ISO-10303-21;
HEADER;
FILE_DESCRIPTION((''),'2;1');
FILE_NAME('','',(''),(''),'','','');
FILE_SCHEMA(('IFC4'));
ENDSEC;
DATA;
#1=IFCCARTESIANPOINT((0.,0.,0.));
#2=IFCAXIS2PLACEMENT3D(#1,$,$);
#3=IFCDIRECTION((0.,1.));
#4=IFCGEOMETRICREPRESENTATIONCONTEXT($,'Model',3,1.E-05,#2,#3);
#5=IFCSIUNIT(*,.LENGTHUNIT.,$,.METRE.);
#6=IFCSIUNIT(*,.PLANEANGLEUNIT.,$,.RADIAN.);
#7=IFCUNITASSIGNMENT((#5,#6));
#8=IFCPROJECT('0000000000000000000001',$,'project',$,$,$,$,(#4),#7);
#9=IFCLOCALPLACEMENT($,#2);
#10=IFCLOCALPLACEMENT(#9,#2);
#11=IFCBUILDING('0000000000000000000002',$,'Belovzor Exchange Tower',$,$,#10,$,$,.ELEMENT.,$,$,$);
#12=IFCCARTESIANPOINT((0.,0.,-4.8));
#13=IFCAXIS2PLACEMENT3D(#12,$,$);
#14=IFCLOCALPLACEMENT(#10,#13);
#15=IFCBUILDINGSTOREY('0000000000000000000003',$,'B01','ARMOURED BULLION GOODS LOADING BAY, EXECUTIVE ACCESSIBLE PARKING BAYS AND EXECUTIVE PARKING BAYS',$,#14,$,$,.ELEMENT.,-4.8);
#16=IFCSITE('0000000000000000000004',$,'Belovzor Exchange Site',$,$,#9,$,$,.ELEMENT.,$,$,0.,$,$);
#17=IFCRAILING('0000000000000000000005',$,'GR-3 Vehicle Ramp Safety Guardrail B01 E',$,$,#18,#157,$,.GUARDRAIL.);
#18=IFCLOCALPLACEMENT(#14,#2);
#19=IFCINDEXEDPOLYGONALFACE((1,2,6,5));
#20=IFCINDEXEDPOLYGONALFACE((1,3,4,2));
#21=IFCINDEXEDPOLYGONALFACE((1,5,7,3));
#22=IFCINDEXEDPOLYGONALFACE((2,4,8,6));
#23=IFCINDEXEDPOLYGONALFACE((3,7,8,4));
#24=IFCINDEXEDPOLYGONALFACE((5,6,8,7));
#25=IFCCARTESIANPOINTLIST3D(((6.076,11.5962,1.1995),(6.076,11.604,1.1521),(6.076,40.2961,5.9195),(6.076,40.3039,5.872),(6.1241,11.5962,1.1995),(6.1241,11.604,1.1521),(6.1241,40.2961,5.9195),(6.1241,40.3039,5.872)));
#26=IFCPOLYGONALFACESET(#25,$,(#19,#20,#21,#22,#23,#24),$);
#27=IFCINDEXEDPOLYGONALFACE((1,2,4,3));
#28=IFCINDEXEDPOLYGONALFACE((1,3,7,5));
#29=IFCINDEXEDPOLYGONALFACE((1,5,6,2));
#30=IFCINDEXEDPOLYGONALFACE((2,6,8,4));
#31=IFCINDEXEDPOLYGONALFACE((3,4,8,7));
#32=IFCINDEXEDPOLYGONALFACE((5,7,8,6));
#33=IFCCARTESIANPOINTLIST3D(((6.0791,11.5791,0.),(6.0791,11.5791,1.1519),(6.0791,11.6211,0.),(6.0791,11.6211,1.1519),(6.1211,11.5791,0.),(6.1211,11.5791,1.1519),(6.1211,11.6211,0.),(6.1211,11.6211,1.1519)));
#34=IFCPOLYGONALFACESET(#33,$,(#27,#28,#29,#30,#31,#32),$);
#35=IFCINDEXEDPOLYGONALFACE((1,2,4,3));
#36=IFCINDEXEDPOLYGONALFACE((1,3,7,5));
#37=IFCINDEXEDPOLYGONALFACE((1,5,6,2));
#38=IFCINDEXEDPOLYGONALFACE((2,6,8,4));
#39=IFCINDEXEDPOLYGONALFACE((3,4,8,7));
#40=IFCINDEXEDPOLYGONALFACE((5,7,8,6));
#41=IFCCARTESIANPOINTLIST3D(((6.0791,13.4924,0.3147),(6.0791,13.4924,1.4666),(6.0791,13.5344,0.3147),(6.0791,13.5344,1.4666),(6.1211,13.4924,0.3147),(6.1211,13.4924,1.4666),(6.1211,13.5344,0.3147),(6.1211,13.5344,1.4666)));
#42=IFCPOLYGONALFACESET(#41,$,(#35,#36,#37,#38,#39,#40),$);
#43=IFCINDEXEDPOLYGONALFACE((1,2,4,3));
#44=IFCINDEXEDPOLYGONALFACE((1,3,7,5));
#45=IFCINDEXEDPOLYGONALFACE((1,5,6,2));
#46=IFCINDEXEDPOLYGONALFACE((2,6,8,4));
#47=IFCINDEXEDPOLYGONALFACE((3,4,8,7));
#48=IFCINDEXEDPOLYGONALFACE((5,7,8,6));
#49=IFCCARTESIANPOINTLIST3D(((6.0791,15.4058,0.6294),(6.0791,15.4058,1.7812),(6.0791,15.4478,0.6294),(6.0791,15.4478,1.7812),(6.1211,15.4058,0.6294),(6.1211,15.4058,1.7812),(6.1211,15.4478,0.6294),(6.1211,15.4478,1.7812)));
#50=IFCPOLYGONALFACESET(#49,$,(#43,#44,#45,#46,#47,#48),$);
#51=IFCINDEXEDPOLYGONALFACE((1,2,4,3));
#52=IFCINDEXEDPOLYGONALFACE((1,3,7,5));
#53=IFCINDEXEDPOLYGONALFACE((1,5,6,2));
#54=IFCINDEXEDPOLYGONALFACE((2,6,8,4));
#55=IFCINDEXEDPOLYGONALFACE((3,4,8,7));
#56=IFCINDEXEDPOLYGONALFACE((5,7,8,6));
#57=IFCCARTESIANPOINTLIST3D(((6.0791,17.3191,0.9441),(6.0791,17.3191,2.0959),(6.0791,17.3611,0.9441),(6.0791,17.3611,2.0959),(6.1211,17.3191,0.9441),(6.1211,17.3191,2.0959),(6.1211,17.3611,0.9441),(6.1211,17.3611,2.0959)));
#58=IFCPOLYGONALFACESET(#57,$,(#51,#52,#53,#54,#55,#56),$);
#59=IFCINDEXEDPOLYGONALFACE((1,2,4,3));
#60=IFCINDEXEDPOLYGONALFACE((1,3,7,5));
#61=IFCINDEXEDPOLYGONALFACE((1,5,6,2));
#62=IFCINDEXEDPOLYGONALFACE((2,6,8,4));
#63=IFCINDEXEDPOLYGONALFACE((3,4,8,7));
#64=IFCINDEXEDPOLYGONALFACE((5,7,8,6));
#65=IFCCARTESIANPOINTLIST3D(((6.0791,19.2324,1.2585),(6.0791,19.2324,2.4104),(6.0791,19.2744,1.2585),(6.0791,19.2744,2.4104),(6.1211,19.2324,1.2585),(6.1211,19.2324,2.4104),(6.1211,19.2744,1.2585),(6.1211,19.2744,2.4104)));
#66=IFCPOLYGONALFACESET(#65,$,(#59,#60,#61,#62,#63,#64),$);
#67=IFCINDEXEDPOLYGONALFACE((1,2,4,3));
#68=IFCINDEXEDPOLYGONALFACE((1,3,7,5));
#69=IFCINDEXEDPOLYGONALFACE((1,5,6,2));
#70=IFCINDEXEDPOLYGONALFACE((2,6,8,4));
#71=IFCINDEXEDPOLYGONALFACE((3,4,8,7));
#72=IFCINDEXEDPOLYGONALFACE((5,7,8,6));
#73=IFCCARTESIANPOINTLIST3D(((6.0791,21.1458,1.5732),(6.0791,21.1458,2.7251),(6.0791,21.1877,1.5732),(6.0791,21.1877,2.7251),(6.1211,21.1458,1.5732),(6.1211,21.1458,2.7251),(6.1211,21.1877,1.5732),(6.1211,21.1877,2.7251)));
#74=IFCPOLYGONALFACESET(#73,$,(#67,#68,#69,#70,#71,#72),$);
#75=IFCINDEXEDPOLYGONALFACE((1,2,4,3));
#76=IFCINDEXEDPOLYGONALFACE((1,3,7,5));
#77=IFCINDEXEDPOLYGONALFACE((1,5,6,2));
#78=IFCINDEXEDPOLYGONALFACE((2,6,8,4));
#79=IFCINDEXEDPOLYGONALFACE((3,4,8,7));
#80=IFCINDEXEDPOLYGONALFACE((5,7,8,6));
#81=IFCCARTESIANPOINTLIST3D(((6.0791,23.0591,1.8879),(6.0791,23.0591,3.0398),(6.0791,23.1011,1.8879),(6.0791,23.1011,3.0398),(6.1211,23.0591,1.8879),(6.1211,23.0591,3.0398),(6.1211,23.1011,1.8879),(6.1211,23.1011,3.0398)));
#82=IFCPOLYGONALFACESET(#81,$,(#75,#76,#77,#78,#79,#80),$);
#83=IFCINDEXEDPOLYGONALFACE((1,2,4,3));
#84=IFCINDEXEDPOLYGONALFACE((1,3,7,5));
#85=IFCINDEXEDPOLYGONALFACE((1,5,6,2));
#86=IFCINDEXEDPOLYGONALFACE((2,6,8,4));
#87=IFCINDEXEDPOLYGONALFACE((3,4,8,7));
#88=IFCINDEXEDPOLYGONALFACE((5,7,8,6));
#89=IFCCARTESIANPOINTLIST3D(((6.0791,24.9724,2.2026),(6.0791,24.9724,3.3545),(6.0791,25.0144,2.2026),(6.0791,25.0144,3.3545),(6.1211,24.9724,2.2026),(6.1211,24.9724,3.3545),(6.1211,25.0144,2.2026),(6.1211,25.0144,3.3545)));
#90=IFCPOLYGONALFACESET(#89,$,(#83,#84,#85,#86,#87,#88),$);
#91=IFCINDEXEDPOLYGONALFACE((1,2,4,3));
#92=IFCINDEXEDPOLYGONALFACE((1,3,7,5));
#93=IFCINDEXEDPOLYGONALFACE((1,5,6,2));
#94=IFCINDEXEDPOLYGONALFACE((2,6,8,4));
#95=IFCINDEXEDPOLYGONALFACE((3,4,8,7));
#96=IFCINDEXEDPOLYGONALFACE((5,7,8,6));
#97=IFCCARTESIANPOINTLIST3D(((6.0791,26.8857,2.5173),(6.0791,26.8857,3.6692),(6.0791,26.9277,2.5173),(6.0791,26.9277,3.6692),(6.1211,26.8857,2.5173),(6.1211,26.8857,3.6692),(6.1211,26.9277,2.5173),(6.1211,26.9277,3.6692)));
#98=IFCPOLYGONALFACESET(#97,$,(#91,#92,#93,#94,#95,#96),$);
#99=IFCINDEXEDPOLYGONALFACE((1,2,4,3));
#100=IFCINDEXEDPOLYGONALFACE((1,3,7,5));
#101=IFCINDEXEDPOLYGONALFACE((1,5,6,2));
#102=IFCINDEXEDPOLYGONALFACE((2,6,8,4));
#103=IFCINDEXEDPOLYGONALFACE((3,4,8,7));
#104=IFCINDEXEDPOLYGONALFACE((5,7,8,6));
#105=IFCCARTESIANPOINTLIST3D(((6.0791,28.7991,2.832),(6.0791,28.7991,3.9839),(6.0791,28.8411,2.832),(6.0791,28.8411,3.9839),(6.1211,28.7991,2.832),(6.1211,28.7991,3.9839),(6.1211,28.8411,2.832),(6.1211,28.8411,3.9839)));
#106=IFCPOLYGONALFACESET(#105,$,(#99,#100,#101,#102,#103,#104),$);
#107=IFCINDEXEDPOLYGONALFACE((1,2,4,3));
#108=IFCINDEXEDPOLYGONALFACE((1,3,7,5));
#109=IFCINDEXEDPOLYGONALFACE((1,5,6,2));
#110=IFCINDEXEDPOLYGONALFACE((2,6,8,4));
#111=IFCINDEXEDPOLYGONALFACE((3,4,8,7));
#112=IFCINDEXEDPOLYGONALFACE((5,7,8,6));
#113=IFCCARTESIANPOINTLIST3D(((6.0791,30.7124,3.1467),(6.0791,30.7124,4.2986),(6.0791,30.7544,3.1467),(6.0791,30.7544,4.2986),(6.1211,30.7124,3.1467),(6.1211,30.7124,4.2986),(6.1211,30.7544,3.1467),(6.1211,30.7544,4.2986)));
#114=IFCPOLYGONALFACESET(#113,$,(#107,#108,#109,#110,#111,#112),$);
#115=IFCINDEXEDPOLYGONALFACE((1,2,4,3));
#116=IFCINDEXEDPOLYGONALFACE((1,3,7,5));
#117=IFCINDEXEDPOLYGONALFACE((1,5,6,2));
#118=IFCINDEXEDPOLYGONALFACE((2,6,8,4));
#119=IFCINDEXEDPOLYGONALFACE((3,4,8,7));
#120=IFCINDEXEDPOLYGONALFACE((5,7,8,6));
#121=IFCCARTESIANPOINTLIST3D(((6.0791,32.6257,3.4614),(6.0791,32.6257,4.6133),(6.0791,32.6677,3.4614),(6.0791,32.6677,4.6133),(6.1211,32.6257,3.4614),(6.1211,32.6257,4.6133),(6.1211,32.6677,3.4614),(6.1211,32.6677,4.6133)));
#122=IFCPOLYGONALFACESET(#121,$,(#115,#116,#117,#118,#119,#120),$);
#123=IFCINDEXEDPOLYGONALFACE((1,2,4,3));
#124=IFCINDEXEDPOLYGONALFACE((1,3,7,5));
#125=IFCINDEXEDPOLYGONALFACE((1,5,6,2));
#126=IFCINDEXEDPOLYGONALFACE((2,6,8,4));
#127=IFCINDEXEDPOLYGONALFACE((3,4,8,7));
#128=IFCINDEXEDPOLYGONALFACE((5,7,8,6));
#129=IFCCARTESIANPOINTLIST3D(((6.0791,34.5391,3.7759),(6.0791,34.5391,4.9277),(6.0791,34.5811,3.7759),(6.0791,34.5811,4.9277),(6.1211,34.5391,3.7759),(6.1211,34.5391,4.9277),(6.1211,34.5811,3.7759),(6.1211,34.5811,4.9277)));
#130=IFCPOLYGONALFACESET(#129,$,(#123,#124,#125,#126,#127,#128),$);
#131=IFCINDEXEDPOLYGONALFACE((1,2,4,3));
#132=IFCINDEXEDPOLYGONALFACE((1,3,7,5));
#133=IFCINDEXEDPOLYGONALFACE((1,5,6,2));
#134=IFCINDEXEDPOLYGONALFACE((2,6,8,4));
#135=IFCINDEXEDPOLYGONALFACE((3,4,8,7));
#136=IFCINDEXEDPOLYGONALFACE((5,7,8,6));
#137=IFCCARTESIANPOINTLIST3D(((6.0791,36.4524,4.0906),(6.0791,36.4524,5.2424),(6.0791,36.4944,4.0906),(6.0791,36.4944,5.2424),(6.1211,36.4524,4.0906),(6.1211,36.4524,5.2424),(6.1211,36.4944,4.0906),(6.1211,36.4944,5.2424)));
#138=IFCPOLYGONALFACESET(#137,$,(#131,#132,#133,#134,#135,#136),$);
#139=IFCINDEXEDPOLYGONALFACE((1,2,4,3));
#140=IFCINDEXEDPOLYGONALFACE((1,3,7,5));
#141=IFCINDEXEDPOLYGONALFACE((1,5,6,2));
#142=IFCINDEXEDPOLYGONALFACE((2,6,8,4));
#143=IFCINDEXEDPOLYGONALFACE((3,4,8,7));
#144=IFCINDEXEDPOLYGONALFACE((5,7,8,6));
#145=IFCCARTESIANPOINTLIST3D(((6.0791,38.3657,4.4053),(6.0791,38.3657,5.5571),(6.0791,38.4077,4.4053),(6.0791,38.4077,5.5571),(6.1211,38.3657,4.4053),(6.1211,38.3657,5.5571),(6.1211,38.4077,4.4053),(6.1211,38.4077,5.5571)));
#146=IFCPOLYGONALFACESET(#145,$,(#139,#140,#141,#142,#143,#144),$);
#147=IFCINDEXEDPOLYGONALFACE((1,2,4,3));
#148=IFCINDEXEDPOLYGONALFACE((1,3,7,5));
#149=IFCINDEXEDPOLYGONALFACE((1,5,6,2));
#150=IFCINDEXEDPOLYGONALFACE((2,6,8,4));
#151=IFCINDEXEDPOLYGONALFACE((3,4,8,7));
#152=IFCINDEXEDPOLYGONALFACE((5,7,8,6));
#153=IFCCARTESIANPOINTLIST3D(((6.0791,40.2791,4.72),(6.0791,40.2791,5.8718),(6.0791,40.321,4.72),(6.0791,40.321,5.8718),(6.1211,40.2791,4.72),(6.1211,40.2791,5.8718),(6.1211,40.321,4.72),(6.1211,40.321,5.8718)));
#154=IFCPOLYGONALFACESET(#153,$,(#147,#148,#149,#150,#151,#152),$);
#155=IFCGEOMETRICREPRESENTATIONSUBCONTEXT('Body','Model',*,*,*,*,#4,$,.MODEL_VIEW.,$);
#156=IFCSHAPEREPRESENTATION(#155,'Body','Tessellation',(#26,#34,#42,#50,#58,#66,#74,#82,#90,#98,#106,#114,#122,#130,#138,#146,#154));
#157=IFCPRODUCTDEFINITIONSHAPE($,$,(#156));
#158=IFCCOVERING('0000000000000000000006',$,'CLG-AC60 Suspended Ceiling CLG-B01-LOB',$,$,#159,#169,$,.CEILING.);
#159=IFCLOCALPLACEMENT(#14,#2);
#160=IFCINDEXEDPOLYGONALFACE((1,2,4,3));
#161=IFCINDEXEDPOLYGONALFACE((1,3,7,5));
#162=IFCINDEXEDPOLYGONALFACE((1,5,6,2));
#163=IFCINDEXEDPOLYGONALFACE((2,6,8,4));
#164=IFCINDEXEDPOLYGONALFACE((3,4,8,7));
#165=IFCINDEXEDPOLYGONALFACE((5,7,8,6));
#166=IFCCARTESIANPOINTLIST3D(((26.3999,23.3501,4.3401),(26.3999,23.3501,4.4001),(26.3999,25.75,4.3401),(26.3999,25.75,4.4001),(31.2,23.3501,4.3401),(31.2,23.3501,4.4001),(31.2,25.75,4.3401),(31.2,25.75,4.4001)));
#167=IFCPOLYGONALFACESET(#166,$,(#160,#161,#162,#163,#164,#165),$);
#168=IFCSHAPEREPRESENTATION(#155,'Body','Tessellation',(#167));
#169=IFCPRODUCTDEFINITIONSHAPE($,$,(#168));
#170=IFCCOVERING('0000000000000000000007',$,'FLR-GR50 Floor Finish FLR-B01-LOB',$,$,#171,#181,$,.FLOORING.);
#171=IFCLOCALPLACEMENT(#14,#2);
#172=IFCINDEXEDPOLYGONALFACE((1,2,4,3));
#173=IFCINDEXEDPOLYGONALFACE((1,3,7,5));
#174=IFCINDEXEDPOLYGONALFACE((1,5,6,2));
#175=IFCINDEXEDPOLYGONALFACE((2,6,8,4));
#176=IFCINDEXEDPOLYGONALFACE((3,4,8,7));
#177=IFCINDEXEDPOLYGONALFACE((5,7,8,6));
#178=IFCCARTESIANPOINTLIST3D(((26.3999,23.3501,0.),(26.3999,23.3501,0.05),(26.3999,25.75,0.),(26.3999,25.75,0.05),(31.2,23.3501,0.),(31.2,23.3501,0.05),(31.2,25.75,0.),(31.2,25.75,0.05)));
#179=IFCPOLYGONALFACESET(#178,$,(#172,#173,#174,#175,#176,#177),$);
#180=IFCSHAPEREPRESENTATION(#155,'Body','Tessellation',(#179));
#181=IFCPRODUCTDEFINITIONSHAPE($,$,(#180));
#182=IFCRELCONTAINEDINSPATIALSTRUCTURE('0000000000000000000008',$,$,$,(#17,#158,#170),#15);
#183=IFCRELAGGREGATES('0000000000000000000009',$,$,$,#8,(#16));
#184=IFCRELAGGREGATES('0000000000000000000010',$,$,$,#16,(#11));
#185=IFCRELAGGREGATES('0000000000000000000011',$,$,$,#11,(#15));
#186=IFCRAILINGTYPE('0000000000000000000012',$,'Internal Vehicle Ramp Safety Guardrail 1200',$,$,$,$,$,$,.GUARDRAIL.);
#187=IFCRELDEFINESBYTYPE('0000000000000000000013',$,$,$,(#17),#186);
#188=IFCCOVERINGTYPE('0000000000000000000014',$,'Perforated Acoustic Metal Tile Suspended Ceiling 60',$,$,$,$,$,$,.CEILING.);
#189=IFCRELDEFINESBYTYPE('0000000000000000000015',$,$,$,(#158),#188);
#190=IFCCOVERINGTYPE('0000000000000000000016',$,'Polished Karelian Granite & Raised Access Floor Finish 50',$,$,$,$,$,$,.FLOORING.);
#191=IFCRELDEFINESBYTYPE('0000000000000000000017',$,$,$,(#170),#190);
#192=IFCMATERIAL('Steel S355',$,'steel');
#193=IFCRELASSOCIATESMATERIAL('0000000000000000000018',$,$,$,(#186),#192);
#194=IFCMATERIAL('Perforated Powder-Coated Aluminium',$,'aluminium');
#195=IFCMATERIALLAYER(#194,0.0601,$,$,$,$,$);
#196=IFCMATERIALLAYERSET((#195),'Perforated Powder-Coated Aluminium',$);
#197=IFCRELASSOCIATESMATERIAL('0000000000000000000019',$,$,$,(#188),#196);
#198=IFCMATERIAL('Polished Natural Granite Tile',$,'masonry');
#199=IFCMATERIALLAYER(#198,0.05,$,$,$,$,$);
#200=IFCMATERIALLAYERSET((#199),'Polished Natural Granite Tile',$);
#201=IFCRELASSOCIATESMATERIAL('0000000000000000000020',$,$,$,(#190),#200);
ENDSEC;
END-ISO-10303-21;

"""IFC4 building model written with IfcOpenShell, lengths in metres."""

from ifc_helpers import new_model, si_unit, direction, frame, origin, origin_2d, place, context, subcontext, project, spatial, polyline, rectangle, outline, extrude, material, layer, layer_set, type_object, element, save


model = new_model("IFC4")

# Units and contexts
model_context = context("Model", 3, precision=1e-05, world=origin(), true_north=direction((0.0, 1.0)))
body_context = subcontext(model_context, "Body", "Model", "MODEL_VIEW")
ifc_project = project(units=[si_unit("LENGTHUNIT", "METRE"), si_unit("PLANEANGLEUNIT", "RADIAN")], contexts=[model_context])

# Site, building, storey
site_placement = place(None, origin())
site = spatial("IfcSite", under=ifc_project, at=site_placement, Name="Belovzor Exchange Site", CompositionType="ELEMENT", RefElevation=0.0)
building_placement = place(site_placement, origin())
building = spatial("IfcBuilding", under=site, at=building_placement, Name="Belovzor Exchange Tower", CompositionType="ELEMENT")
storey_placement = place(building_placement, frame((0.0, 0.0, -4.8)))
storey = spatial("IfcBuildingStorey", under=building, at=storey_placement, Name="B01", Description="ARMOURED BULLION GOODS LOADING BAY, EXECUTIVE ACCESSIBLE PARKING BAYS AND EXECUTIVE PARKING BAYS", CompositionType="ELEMENT", Elevation=-4.8)

# Railing
ifc_material_1 = material(Name="Steel S355", Category="steel")
railing_type = type_object("IfcRailingType", Name="Internal Vehicle Ramp Safety Guardrail 1200", PredefinedType="GUARDRAIL", material=ifc_material_1)
railing_1_placement = place(storey_placement, frame((6.1001, 11.6001, 0.0)))
element("IfcRailing", 1, at=railing_1_placement, inside=storey, type_object=railing_type, Name="GR-3 Vehicle Ramp Safety Guardrail B01 E", PredefinedType="GUARDRAIL", context=body_context, shape_type="SweptSolid", body=[
    extrude(rectangle(XDim=0.0481, YDim=0.0481, at=origin_2d()), frame((0.0, 0.0, 1.1758), z_axis=(0.0, 0.986745, 0.162279), x_axis=(-1.0, 0.0, 0.0)), (0.0, 0.0, 1.0), 29.0854),
    extrude(rectangle(XDim=0.042, YDim=0.042, at=origin_2d()), origin(), (0.0, 0.0, 1.0), 1.1519),
    extrude(rectangle(XDim=0.042, YDim=0.042, at=origin_2d()), frame((0.0, 1.9133, 0.3147)), (0.0, 0.0, 1.0), 1.1519),
    extrude(rectangle(XDim=0.042, YDim=0.042, at=origin_2d()), frame((0.0, 3.8267, 0.6294)), (0.0, 0.0, 1.0), 1.1519),
    extrude(rectangle(XDim=0.042, YDim=0.042, at=origin_2d()), frame((0.0, 5.74, 0.9441)), (0.0, 0.0, 1.0), 1.1519),
    extrude(rectangle(XDim=0.042, YDim=0.042, at=origin_2d()), frame((0.0, 7.6533, 1.2585)), (0.0, 0.0, 1.0), 1.1519),
    extrude(rectangle(XDim=0.042, YDim=0.042, at=origin_2d()), frame((0.0, 9.5667, 1.5732)), (0.0, 0.0, 1.0), 1.1519),
    extrude(rectangle(XDim=0.042, YDim=0.042, at=origin_2d()), frame((0.0, 11.48, 1.8879)), (0.0, 0.0, 1.0), 1.1519),
    extrude(rectangle(XDim=0.042, YDim=0.042, at=origin_2d()), frame((0.0, 13.3933, 2.2026)), (0.0, 0.0, 1.0), 1.1519),
    extrude(rectangle(XDim=0.042, YDim=0.042, at=origin_2d()), frame((0.0, 15.3066, 2.5173)), (0.0, 0.0, 1.0), 1.1519),
    extrude(rectangle(XDim=0.042, YDim=0.042, at=origin_2d()), frame((0.0, 17.22, 2.832)), (0.0, 0.0, 1.0), 1.1519),
    extrude(rectangle(XDim=0.042, YDim=0.042, at=origin_2d()), frame((0.0, 19.1333, 3.1467)), (0.0, 0.0, 1.0), 1.1519),
    extrude(rectangle(XDim=0.042, YDim=0.042, at=origin_2d()), frame((0.0, 21.0466, 3.4614)), (0.0, 0.0, 1.0), 1.1519),
    extrude(rectangle(XDim=0.042, YDim=0.042, at=origin_2d()), frame((0.0, 22.96, 3.7759)), (0.0, 0.0, 1.0), 1.1519),
    extrude(rectangle(XDim=0.042, YDim=0.042, at=origin_2d()), frame((0.0, 24.8733, 4.0906)), (0.0, 0.0, 1.0), 1.1519),
    extrude(rectangle(XDim=0.042, YDim=0.042, at=origin_2d()), frame((0.0, 26.7866, 4.4053)), (0.0, 0.0, 1.0), 1.1519),
    extrude(rectangle(XDim=0.042, YDim=0.042, at=origin_2d()), frame((0.0, 28.7, 4.72)), (0.0, 0.0, 1.0), 1.1519),
])

# Coverings
ifc_material_2 = material(Name="Perforated Powder-Coated Aluminium", Category="aluminium")
ifc_layer_1 = layer(ifc_material_2, 0.0601)
ifc_layer_set_1 = layer_set([ifc_layer_1], Name="Perforated Powder-Coated Aluminium")
covering_type_1 = type_object("IfcCoveringType", Name="Perforated Acoustic Metal Tile Suspended Ceiling 60", PredefinedType="CEILING", material=ifc_layer_set_1)
covering_1_placement = place(storey_placement, frame((0.0, 0.0, 4.3401)))
element("IfcCovering", 2, at=covering_1_placement, inside=storey, type_object=covering_type_1, Name="CLG-AC60 Suspended Ceiling CLG-B01-LOB", PredefinedType="CEILING", context=body_context, shape_type="SweptSolid", body=[
    extrude(outline(polyline([(26.3999, 23.3501), (31.2, 23.3501), (31.2, 25.75), (26.3999, 25.75), (26.3999, 23.3501)])), origin(), (0.0, 0.0, 1.0), 0.0601),
])
ifc_material_3 = material(Name="Polished Natural Granite Tile", Category="masonry")
ifc_layer_2 = layer(ifc_material_3, 0.05)
ifc_layer_set_2 = layer_set([ifc_layer_2], Name="Polished Natural Granite Tile")
covering_type_2 = type_object("IfcCoveringType", Name="Polished Karelian Granite & Raised Access Floor Finish 50", PredefinedType="FLOORING", material=ifc_layer_set_2)
covering_2_placement = place(storey_placement, origin())
element("IfcCovering", 3, at=covering_2_placement, inside=storey, type_object=covering_type_2, Name="FLR-GR50 Floor Finish FLR-B01-LOB", PredefinedType="FLOORING", context=body_context, shape_type="SweptSolid", body=[
    extrude(outline(polyline([(26.3999, 23.3501), (31.2, 23.3501), (31.2, 25.75), (26.3999, 25.75), (26.3999, 23.3501)])), origin(), (0.0, 0.0, 1.0), 0.05),
])

save(model, "model.ifc")
